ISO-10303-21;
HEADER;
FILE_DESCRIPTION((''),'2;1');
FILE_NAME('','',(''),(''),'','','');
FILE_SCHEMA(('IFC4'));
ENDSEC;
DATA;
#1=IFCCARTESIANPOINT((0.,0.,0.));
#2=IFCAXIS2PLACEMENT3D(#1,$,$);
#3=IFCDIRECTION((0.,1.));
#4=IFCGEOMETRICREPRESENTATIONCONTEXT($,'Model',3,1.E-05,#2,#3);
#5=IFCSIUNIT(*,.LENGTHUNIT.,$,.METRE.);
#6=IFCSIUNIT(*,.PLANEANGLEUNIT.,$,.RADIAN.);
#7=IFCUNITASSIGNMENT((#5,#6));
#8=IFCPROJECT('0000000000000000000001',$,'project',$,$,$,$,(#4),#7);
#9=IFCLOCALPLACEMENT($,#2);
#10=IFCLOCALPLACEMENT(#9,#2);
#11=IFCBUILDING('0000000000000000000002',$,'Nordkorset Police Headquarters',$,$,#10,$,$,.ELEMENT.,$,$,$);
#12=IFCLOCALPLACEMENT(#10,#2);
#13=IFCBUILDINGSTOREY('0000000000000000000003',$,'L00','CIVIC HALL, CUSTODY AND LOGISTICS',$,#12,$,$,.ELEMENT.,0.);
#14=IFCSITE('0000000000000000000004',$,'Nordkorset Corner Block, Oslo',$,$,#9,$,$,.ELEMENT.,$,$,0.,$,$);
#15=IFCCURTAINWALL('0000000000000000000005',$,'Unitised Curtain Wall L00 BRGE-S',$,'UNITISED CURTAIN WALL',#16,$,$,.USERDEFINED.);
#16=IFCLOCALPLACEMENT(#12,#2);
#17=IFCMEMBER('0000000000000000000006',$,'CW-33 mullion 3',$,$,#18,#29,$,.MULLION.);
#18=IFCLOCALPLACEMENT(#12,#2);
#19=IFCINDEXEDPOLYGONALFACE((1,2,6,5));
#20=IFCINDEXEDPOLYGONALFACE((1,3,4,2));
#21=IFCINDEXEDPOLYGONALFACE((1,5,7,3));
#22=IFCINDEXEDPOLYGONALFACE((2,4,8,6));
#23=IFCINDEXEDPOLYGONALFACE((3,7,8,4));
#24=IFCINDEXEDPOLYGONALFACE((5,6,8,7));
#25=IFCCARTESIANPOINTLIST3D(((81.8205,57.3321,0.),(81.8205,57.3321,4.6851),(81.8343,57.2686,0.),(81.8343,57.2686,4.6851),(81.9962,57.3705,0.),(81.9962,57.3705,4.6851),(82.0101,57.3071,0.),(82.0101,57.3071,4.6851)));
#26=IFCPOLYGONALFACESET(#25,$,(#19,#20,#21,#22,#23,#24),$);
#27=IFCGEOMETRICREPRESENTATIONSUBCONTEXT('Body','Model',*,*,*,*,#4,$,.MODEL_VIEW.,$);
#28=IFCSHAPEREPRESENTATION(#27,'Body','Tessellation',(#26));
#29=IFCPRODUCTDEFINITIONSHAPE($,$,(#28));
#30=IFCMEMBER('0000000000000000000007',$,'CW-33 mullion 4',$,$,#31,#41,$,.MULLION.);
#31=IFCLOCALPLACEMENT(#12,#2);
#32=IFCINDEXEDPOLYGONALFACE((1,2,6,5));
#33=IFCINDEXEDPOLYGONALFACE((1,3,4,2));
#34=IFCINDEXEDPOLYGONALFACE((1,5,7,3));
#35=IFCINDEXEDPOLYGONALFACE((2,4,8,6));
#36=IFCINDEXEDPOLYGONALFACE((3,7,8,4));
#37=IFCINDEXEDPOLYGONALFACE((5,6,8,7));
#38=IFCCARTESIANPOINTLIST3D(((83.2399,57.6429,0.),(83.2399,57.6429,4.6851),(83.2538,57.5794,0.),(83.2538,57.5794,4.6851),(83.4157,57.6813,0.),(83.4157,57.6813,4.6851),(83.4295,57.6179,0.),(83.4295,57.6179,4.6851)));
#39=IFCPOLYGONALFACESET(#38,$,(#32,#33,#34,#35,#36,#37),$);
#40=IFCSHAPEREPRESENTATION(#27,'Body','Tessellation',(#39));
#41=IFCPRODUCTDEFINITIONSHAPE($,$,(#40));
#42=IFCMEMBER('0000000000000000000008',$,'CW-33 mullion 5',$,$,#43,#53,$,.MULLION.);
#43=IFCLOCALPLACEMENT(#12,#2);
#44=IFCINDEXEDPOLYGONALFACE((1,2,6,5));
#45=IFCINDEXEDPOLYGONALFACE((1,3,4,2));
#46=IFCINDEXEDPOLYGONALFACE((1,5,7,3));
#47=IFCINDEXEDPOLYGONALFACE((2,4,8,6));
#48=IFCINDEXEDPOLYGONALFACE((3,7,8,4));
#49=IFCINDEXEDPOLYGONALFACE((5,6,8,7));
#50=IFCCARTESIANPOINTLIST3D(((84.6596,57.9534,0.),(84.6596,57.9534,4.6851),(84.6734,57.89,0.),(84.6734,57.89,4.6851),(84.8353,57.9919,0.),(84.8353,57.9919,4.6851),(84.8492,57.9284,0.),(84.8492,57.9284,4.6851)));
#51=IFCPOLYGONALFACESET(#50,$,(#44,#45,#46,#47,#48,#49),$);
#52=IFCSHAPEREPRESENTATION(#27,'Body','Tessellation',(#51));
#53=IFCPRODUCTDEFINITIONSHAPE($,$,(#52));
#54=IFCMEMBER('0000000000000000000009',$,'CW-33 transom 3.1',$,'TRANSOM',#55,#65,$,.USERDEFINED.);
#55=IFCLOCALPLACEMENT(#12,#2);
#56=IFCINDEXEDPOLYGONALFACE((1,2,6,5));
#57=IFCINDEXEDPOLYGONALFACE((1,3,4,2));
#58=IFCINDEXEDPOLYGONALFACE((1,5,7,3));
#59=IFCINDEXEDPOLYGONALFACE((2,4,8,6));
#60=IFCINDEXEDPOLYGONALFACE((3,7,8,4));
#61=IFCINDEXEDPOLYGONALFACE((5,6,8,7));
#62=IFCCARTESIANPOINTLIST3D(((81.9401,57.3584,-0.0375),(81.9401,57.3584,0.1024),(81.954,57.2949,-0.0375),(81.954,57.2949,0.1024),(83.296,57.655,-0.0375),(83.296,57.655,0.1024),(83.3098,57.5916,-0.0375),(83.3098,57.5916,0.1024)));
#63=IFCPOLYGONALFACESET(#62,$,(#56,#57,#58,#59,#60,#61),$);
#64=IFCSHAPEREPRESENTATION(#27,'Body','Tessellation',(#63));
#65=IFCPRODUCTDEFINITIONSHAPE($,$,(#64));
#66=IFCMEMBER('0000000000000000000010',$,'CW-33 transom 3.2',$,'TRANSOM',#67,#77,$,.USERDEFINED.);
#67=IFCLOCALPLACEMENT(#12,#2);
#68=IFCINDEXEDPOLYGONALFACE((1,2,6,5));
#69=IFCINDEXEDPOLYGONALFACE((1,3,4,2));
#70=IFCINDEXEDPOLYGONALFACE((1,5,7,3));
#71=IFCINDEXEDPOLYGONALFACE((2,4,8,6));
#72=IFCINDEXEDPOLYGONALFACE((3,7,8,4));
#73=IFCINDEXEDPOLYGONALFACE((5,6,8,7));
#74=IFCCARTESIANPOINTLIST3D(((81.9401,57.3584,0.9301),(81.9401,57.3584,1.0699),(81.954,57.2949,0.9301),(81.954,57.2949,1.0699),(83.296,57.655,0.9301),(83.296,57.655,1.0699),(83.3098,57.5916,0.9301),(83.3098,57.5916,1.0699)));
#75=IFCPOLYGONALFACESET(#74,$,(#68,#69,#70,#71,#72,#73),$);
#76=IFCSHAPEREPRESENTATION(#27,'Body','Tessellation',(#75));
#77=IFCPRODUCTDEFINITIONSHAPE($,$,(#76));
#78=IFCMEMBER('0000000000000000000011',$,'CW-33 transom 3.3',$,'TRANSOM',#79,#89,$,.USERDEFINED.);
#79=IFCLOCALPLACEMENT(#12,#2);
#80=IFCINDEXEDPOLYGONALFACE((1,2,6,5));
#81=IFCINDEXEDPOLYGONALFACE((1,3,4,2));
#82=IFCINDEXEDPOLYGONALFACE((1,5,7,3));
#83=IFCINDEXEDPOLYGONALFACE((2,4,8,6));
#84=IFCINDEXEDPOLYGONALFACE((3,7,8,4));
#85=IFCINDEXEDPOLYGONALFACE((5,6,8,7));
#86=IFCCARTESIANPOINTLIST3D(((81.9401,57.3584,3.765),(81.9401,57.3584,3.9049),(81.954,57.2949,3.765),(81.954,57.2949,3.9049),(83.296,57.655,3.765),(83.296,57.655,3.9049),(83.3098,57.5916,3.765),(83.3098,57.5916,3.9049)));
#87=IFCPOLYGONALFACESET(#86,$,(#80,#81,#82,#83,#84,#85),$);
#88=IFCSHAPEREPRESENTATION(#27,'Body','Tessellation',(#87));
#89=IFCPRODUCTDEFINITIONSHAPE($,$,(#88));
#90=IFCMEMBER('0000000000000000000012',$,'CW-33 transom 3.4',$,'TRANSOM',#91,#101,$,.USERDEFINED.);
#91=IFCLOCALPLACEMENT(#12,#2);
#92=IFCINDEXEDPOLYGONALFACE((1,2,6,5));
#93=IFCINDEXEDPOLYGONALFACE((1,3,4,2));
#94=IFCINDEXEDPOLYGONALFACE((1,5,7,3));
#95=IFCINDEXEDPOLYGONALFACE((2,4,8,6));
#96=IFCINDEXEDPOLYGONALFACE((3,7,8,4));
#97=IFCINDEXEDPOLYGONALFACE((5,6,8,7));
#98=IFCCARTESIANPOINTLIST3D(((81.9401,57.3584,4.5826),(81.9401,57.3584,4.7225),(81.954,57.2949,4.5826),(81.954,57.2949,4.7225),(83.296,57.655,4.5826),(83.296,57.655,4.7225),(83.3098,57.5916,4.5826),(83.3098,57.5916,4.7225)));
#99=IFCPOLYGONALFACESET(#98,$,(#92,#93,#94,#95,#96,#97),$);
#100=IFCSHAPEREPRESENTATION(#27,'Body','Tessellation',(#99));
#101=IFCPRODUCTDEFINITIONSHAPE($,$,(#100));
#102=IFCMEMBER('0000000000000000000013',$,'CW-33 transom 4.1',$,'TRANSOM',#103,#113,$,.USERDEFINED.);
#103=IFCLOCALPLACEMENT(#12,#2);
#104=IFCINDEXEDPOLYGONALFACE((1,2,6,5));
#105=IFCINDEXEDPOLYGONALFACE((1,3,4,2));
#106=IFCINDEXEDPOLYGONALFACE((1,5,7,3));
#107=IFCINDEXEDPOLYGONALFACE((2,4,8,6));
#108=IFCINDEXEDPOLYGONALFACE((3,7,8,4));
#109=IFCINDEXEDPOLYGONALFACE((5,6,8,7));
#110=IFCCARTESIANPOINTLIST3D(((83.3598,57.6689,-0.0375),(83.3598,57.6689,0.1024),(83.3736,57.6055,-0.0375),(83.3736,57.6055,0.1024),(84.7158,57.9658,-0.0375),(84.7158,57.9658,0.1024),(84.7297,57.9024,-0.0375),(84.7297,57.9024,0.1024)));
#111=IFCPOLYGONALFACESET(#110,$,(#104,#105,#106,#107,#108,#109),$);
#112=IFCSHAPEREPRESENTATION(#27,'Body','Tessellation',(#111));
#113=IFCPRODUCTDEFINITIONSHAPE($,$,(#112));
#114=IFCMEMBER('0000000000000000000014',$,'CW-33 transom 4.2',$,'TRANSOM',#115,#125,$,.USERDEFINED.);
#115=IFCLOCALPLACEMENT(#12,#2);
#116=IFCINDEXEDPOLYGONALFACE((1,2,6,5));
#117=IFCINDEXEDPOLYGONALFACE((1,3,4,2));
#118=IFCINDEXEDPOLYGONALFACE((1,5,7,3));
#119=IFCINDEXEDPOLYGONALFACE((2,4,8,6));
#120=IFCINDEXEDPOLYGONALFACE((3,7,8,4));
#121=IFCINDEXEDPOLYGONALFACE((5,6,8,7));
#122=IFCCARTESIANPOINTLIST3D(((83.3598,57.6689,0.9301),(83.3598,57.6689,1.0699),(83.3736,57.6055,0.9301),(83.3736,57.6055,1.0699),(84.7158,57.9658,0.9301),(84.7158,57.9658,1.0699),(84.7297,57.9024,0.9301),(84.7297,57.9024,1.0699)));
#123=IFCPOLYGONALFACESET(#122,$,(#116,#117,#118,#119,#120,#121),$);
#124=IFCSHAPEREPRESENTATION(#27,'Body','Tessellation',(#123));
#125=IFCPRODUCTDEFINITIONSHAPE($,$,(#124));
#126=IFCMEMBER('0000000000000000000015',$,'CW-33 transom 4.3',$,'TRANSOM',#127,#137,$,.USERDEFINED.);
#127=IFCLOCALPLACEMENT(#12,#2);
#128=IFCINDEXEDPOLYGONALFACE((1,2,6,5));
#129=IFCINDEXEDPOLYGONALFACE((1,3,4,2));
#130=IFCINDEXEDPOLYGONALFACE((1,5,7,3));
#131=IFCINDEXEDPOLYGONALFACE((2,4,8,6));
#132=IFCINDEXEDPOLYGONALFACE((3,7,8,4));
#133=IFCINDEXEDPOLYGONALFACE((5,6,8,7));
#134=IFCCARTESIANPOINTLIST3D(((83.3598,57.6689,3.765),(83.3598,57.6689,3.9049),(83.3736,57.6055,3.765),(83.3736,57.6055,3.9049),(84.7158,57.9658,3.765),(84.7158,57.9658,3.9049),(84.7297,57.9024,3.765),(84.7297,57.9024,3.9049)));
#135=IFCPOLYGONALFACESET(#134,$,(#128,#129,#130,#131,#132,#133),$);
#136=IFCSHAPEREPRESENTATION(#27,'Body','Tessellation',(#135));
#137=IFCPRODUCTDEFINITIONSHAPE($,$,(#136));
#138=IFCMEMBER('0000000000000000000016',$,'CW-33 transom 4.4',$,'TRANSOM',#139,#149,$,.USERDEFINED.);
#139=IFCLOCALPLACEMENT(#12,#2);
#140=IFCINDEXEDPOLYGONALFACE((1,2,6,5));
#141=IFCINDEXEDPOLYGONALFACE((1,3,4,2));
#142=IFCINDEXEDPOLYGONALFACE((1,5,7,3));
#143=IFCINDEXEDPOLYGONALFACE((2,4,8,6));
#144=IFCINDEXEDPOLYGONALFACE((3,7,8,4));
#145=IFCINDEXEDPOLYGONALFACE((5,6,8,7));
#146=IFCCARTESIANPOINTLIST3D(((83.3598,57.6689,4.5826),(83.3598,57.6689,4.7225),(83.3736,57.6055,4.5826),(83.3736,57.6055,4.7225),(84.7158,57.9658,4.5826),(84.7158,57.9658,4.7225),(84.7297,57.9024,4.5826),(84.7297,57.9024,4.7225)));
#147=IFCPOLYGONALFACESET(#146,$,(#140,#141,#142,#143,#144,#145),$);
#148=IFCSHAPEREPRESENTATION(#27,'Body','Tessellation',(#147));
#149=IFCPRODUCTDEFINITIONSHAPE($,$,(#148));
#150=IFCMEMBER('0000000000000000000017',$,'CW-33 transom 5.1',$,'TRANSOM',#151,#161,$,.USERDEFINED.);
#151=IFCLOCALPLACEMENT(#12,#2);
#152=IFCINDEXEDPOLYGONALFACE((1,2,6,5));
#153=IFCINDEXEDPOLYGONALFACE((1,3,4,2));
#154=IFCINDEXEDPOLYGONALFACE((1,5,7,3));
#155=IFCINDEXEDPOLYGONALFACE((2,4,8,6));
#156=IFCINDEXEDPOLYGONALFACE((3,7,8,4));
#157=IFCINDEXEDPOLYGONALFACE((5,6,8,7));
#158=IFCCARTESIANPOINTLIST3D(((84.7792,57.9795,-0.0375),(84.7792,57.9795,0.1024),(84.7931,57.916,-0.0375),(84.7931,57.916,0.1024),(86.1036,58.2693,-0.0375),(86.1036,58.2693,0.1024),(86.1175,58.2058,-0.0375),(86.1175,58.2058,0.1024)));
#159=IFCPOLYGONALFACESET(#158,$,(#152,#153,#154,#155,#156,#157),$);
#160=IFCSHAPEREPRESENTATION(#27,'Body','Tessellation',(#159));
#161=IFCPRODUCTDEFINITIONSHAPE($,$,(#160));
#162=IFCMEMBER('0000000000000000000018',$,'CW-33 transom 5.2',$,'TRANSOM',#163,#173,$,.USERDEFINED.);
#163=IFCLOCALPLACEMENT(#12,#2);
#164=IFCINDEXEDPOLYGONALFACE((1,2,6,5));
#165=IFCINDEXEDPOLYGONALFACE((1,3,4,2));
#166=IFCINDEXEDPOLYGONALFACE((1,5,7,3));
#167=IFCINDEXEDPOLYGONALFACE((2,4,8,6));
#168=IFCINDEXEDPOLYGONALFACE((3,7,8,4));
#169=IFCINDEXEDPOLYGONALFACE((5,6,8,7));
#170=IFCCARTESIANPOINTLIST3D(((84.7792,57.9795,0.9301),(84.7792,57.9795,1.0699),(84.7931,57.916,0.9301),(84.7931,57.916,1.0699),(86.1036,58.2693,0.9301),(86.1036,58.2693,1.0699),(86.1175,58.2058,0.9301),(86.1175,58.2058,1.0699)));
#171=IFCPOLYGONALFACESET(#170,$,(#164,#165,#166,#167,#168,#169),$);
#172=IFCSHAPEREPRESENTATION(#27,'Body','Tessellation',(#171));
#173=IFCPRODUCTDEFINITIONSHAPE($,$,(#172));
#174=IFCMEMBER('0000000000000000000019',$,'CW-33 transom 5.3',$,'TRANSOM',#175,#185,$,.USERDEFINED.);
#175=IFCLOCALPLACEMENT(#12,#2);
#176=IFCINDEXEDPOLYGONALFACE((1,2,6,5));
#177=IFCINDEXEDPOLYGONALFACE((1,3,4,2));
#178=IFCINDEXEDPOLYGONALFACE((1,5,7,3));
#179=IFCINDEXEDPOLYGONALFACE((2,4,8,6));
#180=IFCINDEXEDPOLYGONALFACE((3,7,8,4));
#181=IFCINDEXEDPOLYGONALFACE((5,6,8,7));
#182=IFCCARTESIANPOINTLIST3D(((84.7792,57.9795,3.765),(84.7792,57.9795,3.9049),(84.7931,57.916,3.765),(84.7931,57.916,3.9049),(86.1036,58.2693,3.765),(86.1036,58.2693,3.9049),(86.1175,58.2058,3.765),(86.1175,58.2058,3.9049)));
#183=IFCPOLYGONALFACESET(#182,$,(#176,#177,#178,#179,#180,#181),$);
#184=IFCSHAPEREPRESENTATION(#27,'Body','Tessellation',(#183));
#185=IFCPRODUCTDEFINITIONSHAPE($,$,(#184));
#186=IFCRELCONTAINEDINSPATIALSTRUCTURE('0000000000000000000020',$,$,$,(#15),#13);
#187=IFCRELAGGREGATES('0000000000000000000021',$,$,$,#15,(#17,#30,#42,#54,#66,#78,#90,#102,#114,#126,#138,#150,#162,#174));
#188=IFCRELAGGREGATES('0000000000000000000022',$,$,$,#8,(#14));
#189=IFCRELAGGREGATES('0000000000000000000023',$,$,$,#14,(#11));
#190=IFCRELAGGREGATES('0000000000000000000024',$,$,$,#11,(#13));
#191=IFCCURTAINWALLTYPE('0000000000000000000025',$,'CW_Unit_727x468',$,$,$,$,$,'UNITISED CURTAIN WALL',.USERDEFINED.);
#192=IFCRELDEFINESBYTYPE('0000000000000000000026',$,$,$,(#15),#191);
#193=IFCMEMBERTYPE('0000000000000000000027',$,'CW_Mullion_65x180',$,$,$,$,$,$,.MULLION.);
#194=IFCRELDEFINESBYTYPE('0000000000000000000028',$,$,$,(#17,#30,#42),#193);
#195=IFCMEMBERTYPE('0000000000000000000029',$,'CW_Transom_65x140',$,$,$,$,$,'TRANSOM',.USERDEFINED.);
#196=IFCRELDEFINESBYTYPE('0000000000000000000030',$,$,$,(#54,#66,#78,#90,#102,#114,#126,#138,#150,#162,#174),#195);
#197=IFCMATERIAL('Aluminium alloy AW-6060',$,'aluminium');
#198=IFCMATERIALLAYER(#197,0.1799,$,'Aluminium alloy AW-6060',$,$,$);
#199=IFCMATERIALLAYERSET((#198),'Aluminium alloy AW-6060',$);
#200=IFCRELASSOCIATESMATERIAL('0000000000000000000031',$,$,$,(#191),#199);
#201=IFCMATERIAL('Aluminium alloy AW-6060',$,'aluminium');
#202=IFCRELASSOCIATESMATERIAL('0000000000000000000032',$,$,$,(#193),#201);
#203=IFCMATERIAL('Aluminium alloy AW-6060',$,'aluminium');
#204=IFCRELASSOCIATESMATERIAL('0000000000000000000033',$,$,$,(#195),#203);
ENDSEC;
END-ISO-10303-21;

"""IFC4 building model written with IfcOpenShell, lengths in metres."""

from ifc_helpers import new_model, si_unit, direction, frame, origin, origin_2d, place, context, subcontext, project, spatial, rectangle, extrude, material, layer, layer_set, material_profile, profile_set, type_object, element, aggregate, save


model = new_model("IFC4")

# Units and contexts
model_context = context("Model", 3, precision=1e-05, world=origin(), true_north=direction((0.0, 1.0)))
body_context = subcontext(model_context, "Body", "Model", "MODEL_VIEW")
ifc_project = project(units=[si_unit("LENGTHUNIT", "METRE"), si_unit("PLANEANGLEUNIT", "RADIAN")], contexts=[model_context])

# Site, building, storey
site_placement = place(None, origin())
site = spatial("IfcSite", under=ifc_project, at=site_placement, Name="Nordkorset Corner Block, Oslo", CompositionType="ELEMENT", RefElevation=0.0)
building_placement = place(site_placement, origin())
building = spatial("IfcBuilding", under=site, at=building_placement, Name="Nordkorset Police Headquarters", CompositionType="ELEMENT")
storey_placement = place(building_placement, origin())
storey = spatial("IfcBuildingStorey", under=building, at=storey_placement, Name="L00", Description="CIVIC HALL, CUSTODY AND LOGISTICS", CompositionType="ELEMENT", Elevation=0.0)

# Curtain wall, members
ifc_material_1 = material(Name="Aluminium alloy AW-6060", Category="aluminium")
ifc_layer_1 = layer(ifc_material_1, 0.1799, Name="Aluminium alloy AW-6060")
ifc_layer_set_1 = layer_set([ifc_layer_1], Name="Aluminium alloy AW-6060")
curtain_wall_type = type_object("IfcCurtainWallType", Name="CW_Unit_727x468", ElementType="UNITISED CURTAIN WALL", PredefinedType="USERDEFINED", material=ifc_layer_set_1)
curtain_wall_placement = place(storey_placement, origin())
curtain_wall = element("IfcCurtainWall", 1, at=curtain_wall_placement, inside=storey, type_object=curtain_wall_type, Name="Unitised Curtain Wall L00 BRGE-S", ObjectType="UNITISED CURTAIN WALL", PredefinedType="USERDEFINED")
ifc_material_2 = material(Name="Aluminium alloy AW-6060", Category="aluminium")
ifc_material_profile_1 = material_profile(ifc_material_2, rectangle(XDim=0.0649, YDim=0.1799, at=origin_2d()), Name="ALU MULL 65x180")
ifc_profile_set_1 = profile_set([ifc_material_profile_1], Name="Aluminium alloy AW-6060")
member_type_1 = type_object("IfcMemberType", Name="CW_Mullion_65x180", PredefinedType="MULLION", material=ifc_profile_set_1)
member_1_placement = place(storey_placement, frame((81.9153, 57.3196, 0.0), z_axis=(0.0, 0.0, 1.0), x_axis=(-0.213737, 0.976891, 0.0)))
member_1 = element("IfcMember", 2, at=member_1_placement, type_object=member_type_1, Name="CW-33 mullion 3", PredefinedType="MULLION", context=body_context, shape_type="SweptSolid", body=[
    extrude(rectangle(XDim=0.0649, YDim=0.1799, at=origin_2d()), origin(), (0.0, 0.0, 1.0), 4.6851),
])
member_2_placement = place(storey_placement, frame((83.3347, 57.6304, 0.0), z_axis=(0.0, 0.0, 1.0), x_axis=(-0.213737, 0.976891, 0.0)))
member_2 = element("IfcMember", 3, at=member_2_placement, type_object=member_type_1, Name="CW-33 mullion 4", PredefinedType="MULLION", context=body_context, shape_type="SweptSolid", body=[
    extrude(rectangle(XDim=0.0649, YDim=0.1799, at=origin_2d()), origin(), (0.0, 0.0, 1.0), 4.6851),
])
member_3_placement = place(storey_placement, frame((84.7544, 57.9409, 0.0), z_axis=(0.0, 0.0, 1.0), x_axis=(-0.213737, 0.976891, 0.0)))
member_3 = element("IfcMember", 4, at=member_3_placement, type_object=member_type_1, Name="CW-33 mullion 5", PredefinedType="MULLION", context=body_context, shape_type="SweptSolid", body=[
    extrude(rectangle(XDim=0.0649, YDim=0.1799, at=origin_2d()), origin(), (0.0, 0.0, 1.0), 4.6851),
])
ifc_material_3 = material(Name="Aluminium alloy AW-6060", Category="aluminium")
ifc_material_profile_2 = material_profile(ifc_material_3, rectangle(XDim=0.0649, YDim=0.1399, at=origin_2d()), Name="ALU TRAN 65x140")
ifc_profile_set_2 = profile_set([ifc_material_profile_2], Name="Aluminium alloy AW-6060")
member_type_2 = type_object("IfcMemberType", Name="CW_Transom_65x140", ElementType="TRANSOM", PredefinedType="USERDEFINED", material=ifc_profile_set_2)
member_4_placement = place(storey_placement, frame((81.947, 57.3267, 0.0325), z_axis=(0.976898, 0.213707, 0.0), x_axis=(-0.213707, 0.976898, 0.0)))
member_4 = element("IfcMember", 5, at=member_4_placement, type_object=member_type_2, Name="CW-33 transom 3.1", ObjectType="TRANSOM", PredefinedType="USERDEFINED", context=body_context, shape_type="SweptSolid", body=[
    extrude(rectangle(XDim=0.0649, YDim=0.1399, at=origin_2d()), origin(), (0.0, 0.0, 1.0), 1.3879),
])
member_5_placement = place(storey_placement, frame((81.947, 57.3267, 1.0), z_axis=(0.976898, 0.213707, 0.0), x_axis=(-0.213707, 0.976898, 0.0)))
member_5 = element("IfcMember", 6, at=member_5_placement, type_object=member_type_2, Name="CW-33 transom 3.2", ObjectType="TRANSOM", PredefinedType="USERDEFINED", context=body_context, shape_type="SweptSolid", body=[
    extrude(rectangle(XDim=0.0649, YDim=0.1399, at=origin_2d()), origin(), (0.0, 0.0, 1.0), 1.3879),
])
member_6_placement = place(storey_placement, frame((81.947, 57.3267, 3.835), z_axis=(0.976898, 0.213707, 0.0), x_axis=(-0.213707, 0.976898, 0.0)))
member_6 = element("IfcMember", 7, at=member_6_placement, type_object=member_type_2, Name="CW-33 transom 3.3", ObjectType="TRANSOM", PredefinedType="USERDEFINED", context=body_context, shape_type="SweptSolid", body=[
    extrude(rectangle(XDim=0.0649, YDim=0.1399, at=origin_2d()), origin(), (0.0, 0.0, 1.0), 1.3879),
])
member_7_placement = place(storey_placement, frame((81.947, 57.3267, 4.6526), z_axis=(0.976898, 0.213707, 0.0), x_axis=(-0.213707, 0.976898, 0.0)))
member_7 = element("IfcMember", 8, at=member_7_placement, type_object=member_type_2, Name="CW-33 transom 3.4", ObjectType="TRANSOM", PredefinedType="USERDEFINED", context=body_context, shape_type="SweptSolid", body=[
    extrude(rectangle(XDim=0.0649, YDim=0.1399, at=origin_2d()), origin(), (0.0, 0.0, 1.0), 1.3879),
])
member_8_placement = place(storey_placement, frame((83.3667, 57.6372, 0.0325), z_axis=(0.976861, 0.213875, 0.0), x_axis=(-0.213875, 0.976861, 0.0)))
member_8 = element("IfcMember", 9, at=member_8_placement, type_object=member_type_2, Name="CW-33 transom 4.1", ObjectType="TRANSOM", PredefinedType="USERDEFINED", context=body_context, shape_type="SweptSolid", body=[
    extrude(rectangle(XDim=0.0649, YDim=0.1399, at=origin_2d()), origin(), (0.0, 0.0, 1.0), 1.3882),
])
member_9_placement = place(storey_placement, frame((83.3667, 57.6372, 1.0), z_axis=(0.976861, 0.213875, 0.0), x_axis=(-0.213875, 0.976861, 0.0)))
member_9 = element("IfcMember", 10, at=member_9_placement, type_object=member_type_2, Name="CW-33 transom 4.2", ObjectType="TRANSOM", PredefinedType="USERDEFINED", context=body_context, shape_type="SweptSolid", body=[
    extrude(rectangle(XDim=0.0649, YDim=0.1399, at=origin_2d()), origin(), (0.0, 0.0, 1.0), 1.3882),
])
member_10_placement = place(storey_placement, frame((83.3667, 57.6372, 3.835), z_axis=(0.976861, 0.213875, 0.0), x_axis=(-0.213875, 0.976861, 0.0)))
member_10 = element("IfcMember", 11, at=member_10_placement, type_object=member_type_2, Name="CW-33 transom 4.3", ObjectType="TRANSOM", PredefinedType="USERDEFINED", context=body_context, shape_type="SweptSolid", body=[
    extrude(rectangle(XDim=0.0649, YDim=0.1399, at=origin_2d()), origin(), (0.0, 0.0, 1.0), 1.3882),
])
member_11_placement = place(storey_placement, frame((83.3667, 57.6372, 4.6526), z_axis=(0.976861, 0.213875, 0.0), x_axis=(-0.213875, 0.976861, 0.0)))
member_11 = element("IfcMember", 12, at=member_11_placement, type_object=member_type_2, Name="CW-33 transom 4.4", ObjectType="TRANSOM", PredefinedType="USERDEFINED", context=body_context, shape_type="SweptSolid", body=[
    extrude(rectangle(XDim=0.0649, YDim=0.1399, at=origin_2d()), origin(), (0.0, 0.0, 1.0), 1.3882),
])
member_12_placement = place(storey_placement, frame((84.7861, 57.9478, 0.0325), z_axis=(0.976889, 0.213745, 0.0), x_axis=(-0.213745, 0.976889, 0.0)))
member_12 = element("IfcMember", 13, at=member_12_placement, type_object=member_type_2, Name="CW-33 transom 5.1", ObjectType="TRANSOM", PredefinedType="USERDEFINED", context=body_context, shape_type="SweptSolid", body=[
    extrude(rectangle(XDim=0.0649, YDim=0.1399, at=origin_2d()), origin(), (0.0, 0.0, 1.0), 1.3557),
])
member_13_placement = place(storey_placement, frame((84.7861, 57.9478, 1.0), z_axis=(0.976889, 0.213745, 0.0), x_axis=(-0.213745, 0.976889, 0.0)))
member_13 = element("IfcMember", 14, at=member_13_placement, type_object=member_type_2, Name="CW-33 transom 5.2", ObjectType="TRANSOM", PredefinedType="USERDEFINED", context=body_context, shape_type="SweptSolid", body=[
    extrude(rectangle(XDim=0.0649, YDim=0.1399, at=origin_2d()), origin(), (0.0, 0.0, 1.0), 1.3557),
])
member_14_placement = place(storey_placement, frame((84.7861, 57.9478, 3.835), z_axis=(0.976889, 0.213745, 0.0), x_axis=(-0.213745, 0.976889, 0.0)))
member_14 = element("IfcMember", 15, at=member_14_placement, type_object=member_type_2, Name="CW-33 transom 5.3", ObjectType="TRANSOM", PredefinedType="USERDEFINED", context=body_context, shape_type="SweptSolid", body=[
    extrude(rectangle(XDim=0.0649, YDim=0.1399, at=origin_2d()), origin(), (0.0, 0.0, 1.0), 1.3557),
])

aggregate(curtain_wall, [member_1, member_2, member_3, member_4, member_5, member_6, member_7, member_8, member_9, member_10, member_11, member_12, member_13, member_14])

save(model, "model.ifc")
